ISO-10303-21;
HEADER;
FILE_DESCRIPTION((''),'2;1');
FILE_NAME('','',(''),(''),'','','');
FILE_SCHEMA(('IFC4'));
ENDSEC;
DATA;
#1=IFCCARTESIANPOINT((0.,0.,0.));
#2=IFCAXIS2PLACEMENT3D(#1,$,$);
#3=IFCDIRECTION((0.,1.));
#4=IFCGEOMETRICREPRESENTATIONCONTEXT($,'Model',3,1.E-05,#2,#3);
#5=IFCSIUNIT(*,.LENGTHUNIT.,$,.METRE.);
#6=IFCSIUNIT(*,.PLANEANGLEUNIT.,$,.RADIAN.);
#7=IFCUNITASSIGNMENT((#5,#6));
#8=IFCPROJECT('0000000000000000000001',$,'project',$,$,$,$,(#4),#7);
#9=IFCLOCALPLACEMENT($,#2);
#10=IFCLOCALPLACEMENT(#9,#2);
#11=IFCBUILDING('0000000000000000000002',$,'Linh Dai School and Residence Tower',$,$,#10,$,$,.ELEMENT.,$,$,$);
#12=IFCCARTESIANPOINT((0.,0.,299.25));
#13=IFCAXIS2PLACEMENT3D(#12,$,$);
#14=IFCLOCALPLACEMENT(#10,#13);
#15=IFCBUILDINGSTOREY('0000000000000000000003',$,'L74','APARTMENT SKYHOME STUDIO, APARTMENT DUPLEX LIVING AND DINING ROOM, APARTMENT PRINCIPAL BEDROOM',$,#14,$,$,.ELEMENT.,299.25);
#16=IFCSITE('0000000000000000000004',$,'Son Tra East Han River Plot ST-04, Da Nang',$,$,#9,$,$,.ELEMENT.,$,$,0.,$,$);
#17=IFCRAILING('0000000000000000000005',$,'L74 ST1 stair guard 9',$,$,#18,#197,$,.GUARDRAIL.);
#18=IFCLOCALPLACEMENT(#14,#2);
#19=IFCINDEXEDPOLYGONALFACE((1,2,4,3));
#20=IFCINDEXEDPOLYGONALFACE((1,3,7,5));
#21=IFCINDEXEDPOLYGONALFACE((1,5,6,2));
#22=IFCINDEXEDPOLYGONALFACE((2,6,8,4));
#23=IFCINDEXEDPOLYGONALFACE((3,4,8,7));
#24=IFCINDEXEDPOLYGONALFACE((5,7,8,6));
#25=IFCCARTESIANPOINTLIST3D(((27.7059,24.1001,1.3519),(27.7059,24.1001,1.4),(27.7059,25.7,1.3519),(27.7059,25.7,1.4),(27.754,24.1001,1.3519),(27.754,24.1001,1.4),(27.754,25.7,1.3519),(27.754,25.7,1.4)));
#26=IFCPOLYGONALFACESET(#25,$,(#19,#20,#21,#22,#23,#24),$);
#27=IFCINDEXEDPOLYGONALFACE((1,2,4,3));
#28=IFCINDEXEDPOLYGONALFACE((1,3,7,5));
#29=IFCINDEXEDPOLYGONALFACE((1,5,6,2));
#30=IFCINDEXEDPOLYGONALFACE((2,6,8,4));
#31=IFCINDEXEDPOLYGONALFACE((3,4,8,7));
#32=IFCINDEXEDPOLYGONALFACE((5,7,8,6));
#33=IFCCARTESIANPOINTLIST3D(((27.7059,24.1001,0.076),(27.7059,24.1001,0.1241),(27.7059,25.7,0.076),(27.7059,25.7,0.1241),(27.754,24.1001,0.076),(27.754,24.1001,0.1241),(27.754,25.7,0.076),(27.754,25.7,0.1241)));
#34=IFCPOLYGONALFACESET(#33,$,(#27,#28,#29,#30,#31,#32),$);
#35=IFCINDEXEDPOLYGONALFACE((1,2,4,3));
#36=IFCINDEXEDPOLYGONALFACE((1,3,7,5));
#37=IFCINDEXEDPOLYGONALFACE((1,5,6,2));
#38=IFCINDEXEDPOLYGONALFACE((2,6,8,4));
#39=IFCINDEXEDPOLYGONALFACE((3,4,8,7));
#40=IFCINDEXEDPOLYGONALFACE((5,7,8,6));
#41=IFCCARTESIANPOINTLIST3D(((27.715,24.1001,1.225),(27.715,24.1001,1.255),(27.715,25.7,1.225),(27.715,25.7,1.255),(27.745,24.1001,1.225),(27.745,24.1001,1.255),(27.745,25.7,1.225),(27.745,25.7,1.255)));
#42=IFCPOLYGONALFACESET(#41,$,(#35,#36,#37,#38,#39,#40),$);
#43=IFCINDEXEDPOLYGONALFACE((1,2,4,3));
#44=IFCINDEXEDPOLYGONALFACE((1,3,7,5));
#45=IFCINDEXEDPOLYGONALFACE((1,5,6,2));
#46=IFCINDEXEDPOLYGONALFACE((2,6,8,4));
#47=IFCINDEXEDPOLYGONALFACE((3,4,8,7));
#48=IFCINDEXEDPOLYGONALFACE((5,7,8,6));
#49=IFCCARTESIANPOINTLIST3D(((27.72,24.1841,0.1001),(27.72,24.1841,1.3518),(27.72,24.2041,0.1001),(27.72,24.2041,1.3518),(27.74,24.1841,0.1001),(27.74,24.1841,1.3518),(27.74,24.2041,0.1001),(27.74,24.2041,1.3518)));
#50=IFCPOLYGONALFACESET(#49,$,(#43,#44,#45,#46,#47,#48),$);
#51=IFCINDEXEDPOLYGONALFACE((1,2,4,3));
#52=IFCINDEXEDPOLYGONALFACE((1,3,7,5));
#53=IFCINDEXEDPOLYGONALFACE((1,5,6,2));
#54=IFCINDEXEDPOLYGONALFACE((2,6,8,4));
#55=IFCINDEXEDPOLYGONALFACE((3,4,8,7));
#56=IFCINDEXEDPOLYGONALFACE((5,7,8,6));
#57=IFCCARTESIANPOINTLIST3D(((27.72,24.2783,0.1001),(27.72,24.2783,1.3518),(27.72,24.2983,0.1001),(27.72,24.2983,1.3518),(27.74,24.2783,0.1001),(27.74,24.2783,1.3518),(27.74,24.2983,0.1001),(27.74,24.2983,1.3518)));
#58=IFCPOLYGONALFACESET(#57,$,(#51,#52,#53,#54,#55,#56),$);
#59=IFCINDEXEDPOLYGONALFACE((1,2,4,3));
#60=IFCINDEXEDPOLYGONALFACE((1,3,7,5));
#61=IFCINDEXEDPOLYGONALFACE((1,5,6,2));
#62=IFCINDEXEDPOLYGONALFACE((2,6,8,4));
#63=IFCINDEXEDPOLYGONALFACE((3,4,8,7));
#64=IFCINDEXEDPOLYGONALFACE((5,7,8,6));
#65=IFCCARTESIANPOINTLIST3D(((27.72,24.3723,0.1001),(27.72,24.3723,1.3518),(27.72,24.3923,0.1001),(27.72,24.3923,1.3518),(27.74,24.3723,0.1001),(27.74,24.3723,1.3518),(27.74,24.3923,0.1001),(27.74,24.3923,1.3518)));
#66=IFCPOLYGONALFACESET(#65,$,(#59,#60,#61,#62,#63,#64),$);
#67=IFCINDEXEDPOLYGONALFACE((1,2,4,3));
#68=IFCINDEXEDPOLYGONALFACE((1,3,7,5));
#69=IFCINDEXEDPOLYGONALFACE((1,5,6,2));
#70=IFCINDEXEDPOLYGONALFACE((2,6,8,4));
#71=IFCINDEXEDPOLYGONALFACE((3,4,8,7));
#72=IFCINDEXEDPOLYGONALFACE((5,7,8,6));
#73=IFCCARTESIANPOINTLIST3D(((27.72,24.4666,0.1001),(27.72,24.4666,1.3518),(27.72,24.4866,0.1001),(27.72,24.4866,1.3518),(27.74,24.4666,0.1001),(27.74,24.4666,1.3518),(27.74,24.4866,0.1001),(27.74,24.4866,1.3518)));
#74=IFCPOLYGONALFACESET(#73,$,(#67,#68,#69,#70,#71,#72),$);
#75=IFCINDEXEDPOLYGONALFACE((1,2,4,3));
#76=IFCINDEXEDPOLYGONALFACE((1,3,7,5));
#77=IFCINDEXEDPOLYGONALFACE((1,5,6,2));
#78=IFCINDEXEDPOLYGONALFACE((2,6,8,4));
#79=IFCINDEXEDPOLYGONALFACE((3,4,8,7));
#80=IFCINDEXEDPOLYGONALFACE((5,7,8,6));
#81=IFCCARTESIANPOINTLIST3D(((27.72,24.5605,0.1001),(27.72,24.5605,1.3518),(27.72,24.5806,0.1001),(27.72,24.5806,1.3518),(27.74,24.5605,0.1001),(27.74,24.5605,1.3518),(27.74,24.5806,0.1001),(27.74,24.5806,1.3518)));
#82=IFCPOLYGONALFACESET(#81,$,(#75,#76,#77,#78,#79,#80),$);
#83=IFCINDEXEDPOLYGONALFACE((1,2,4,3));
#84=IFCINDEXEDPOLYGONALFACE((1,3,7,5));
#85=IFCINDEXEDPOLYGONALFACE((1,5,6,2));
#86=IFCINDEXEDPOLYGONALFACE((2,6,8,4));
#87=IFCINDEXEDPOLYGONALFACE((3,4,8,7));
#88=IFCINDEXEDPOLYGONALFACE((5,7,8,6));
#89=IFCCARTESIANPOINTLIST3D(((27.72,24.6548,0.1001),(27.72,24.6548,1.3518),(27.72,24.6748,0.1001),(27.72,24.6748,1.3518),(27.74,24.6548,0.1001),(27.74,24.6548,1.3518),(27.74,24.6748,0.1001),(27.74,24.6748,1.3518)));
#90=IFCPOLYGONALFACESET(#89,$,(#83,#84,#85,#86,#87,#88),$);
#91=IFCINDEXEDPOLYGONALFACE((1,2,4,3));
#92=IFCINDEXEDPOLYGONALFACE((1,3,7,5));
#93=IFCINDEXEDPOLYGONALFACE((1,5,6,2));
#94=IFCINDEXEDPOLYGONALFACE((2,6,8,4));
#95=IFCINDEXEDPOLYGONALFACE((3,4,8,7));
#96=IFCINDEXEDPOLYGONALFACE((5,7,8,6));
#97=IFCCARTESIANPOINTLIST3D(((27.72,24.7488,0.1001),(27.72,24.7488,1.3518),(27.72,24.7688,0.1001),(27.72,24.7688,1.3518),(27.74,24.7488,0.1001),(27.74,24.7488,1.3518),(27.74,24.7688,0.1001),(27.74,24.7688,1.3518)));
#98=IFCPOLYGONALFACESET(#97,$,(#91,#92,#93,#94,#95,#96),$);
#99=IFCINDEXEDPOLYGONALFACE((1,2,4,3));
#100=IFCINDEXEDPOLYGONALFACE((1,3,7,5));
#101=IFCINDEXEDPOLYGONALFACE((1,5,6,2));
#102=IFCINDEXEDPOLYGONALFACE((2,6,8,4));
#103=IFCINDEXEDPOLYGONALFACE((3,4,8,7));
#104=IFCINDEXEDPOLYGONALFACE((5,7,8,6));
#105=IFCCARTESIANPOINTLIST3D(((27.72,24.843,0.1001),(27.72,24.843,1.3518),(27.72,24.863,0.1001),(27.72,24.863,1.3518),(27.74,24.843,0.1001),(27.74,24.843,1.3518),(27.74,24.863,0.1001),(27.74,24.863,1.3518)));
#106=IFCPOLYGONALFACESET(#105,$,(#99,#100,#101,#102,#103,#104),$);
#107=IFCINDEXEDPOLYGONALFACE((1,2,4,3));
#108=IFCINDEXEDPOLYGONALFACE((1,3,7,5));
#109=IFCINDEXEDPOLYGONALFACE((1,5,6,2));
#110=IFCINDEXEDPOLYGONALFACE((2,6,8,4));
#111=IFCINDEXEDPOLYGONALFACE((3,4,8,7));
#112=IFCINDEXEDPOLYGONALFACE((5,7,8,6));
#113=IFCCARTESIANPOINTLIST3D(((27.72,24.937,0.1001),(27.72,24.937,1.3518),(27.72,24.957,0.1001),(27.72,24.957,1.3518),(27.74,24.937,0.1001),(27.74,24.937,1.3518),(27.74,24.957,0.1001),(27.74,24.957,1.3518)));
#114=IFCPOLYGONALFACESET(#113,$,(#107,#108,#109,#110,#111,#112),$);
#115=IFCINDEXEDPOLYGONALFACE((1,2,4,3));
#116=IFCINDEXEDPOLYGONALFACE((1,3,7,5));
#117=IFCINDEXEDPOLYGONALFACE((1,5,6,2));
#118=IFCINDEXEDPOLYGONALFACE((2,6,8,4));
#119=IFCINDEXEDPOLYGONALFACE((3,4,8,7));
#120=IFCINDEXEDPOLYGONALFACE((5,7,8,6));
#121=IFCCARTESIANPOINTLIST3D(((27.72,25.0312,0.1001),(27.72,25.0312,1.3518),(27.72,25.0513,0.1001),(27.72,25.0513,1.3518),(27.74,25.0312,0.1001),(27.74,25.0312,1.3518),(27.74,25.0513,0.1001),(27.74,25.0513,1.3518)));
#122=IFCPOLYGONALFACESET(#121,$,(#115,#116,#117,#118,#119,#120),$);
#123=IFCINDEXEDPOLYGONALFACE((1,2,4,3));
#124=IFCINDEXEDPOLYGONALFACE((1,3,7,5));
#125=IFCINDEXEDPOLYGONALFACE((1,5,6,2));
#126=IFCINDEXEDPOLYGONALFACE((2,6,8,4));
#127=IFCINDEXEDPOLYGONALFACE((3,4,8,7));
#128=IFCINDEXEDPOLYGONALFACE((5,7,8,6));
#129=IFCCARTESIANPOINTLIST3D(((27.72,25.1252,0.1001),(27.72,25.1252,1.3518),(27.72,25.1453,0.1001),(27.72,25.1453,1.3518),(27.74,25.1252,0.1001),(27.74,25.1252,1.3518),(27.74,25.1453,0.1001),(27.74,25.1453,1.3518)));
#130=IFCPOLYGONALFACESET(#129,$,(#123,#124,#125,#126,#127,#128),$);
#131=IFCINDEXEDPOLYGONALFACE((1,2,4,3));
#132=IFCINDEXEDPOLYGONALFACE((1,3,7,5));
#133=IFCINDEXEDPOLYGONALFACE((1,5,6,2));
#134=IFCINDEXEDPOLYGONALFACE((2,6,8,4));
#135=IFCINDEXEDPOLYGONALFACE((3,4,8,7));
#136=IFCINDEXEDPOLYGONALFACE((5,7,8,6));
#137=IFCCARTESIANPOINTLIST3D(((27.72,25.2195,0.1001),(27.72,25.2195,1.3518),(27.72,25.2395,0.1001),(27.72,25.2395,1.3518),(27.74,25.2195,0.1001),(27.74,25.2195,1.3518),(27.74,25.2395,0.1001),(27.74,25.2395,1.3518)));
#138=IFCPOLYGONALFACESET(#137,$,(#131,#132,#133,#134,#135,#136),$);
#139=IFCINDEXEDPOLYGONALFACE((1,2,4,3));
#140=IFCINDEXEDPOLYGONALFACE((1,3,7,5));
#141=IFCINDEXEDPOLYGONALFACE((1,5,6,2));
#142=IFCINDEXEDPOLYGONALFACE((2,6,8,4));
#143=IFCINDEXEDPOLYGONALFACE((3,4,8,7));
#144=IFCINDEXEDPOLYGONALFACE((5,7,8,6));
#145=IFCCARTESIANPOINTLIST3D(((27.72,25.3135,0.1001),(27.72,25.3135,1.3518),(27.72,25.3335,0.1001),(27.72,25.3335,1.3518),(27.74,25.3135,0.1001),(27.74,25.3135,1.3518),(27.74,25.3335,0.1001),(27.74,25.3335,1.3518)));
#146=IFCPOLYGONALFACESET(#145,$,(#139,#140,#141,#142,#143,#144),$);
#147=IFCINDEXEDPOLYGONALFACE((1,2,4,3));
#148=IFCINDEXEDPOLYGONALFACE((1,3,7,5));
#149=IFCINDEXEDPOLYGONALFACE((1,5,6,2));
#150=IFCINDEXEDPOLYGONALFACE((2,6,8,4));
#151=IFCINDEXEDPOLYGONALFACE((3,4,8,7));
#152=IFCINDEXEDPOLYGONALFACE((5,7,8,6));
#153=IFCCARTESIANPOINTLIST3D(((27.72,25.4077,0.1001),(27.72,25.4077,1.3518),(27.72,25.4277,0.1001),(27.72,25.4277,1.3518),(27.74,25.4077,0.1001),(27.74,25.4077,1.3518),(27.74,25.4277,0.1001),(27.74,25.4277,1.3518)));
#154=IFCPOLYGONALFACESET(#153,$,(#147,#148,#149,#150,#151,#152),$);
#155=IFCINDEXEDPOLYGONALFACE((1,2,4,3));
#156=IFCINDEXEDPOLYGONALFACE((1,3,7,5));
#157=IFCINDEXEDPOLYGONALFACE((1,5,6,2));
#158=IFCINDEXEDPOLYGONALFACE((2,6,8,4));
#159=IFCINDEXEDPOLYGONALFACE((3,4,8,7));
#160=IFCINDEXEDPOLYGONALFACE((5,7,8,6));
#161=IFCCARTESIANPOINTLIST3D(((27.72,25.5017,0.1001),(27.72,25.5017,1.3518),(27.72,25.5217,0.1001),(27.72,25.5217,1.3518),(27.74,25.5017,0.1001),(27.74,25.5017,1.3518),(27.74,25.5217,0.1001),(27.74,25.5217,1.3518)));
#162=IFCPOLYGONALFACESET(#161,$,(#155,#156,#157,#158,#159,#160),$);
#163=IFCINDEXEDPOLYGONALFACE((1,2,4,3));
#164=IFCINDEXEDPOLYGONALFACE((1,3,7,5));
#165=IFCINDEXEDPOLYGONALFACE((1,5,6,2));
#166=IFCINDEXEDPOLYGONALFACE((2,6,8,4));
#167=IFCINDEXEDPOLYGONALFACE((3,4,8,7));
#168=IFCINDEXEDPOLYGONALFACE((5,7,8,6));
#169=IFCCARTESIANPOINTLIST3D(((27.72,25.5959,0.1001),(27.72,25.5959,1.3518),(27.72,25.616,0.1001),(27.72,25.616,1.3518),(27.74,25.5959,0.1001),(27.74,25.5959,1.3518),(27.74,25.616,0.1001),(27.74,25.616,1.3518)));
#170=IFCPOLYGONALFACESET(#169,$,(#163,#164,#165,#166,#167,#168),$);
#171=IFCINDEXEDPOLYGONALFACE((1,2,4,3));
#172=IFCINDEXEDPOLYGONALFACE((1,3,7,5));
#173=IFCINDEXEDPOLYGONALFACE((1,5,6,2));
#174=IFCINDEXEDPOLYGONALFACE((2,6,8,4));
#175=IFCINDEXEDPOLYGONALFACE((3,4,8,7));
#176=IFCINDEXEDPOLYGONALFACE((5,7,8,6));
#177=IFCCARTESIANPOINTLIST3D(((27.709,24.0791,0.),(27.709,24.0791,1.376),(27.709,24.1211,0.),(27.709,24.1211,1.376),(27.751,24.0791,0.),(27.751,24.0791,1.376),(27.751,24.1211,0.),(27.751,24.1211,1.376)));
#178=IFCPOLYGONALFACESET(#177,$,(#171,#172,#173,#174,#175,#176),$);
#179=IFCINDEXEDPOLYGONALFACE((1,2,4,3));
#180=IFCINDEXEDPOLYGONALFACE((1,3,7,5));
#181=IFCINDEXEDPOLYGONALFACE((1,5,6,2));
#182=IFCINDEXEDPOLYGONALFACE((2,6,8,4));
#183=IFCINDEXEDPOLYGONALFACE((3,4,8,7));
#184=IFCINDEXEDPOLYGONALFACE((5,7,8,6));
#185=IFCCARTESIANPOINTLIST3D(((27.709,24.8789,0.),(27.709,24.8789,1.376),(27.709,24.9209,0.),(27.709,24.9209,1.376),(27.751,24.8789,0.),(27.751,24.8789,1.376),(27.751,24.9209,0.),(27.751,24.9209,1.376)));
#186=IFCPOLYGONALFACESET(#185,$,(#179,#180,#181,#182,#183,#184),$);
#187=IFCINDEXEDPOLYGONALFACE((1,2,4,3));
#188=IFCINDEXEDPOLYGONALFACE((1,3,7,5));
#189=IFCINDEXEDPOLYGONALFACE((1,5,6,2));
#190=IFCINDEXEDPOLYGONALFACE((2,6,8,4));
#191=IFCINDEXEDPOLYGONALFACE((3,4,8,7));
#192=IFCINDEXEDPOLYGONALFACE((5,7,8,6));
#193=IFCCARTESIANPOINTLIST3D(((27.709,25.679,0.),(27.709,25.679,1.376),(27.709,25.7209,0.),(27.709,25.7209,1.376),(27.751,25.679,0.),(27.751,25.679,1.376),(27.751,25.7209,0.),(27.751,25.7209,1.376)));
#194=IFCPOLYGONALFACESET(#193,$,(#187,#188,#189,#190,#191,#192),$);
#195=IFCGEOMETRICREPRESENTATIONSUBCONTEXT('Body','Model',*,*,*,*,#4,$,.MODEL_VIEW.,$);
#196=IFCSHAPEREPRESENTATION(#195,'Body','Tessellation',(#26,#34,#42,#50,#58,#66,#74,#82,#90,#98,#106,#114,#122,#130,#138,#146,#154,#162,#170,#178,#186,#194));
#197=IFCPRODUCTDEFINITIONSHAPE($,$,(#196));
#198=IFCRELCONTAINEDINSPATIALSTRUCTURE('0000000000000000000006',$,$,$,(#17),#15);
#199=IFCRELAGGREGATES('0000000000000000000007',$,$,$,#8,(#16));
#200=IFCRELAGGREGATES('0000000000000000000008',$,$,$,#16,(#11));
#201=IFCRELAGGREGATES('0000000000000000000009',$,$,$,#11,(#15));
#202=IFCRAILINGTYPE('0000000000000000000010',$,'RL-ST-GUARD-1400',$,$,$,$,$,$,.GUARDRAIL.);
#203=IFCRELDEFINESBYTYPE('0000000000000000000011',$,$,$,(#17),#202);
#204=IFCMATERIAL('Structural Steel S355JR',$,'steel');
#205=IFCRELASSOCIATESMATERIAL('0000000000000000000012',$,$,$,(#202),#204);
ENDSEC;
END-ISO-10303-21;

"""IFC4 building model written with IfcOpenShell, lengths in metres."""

from ifc_helpers import new_model, si_unit, direction, frame, origin, origin_2d, place, context, subcontext, project, spatial, rectangle, extrude, source, transform, mapped, material, type_object, element, save


model = new_model("IFC4")

# Units and contexts
model_context = context("Model", 3, precision=1e-05, world=origin(), true_north=direction((0.0, 1.0)))
body_context = subcontext(model_context, "Body", "Model", "MODEL_VIEW")
ifc_project = project(units=[si_unit("LENGTHUNIT", "METRE"), si_unit("PLANEANGLEUNIT", "RADIAN")], contexts=[model_context])

# Site, building, storey
site_placement = place(None, origin())
site = spatial("IfcSite", under=ifc_project, at=site_placement, Name="Son Tra East Han River Plot ST-04, Da Nang", CompositionType="ELEMENT", RefElevation=0.0)
building_placement = place(site_placement, origin())
building = spatial("IfcBuilding", under=site, at=building_placement, Name="Linh Dai School and Residence Tower", CompositionType="ELEMENT")
storey_placement = place(building_placement, frame((0.0, 0.0, 299.25)))
storey = spatial("IfcBuildingStorey", under=building, at=storey_placement, Name="L74", Description="APARTMENT SKYHOME STUDIO, APARTMENT DUPLEX LIVING AND DINING ROOM, APARTMENT PRINCIPAL BEDROOM", CompositionType="ELEMENT", Elevation=299.25)

# Shared definitions
ifc_material_1 = material(Name="Structural Steel S355JR", Category="steel")

# Railing
railing_type_1 = type_object("IfcRailingType", Name="RL-ST-GUARD-1400", PredefinedType="GUARDRAIL", material=ifc_material_1)
shared_shape_1 = source(origin(), body_context, "Body", "SweptSolid", [
    extrude(rectangle(XDim=0.0481, YDim=0.0481, at=origin_2d()), frame((0.0, 0.0, 1.376), z_axis=(0.0, 1.0, 0.0), x_axis=(-1.0, 0.0, 0.0)), (0.0, 0.0, 1.0), 1.5999),
    extrude(rectangle(XDim=0.0481, YDim=0.0481, at=origin_2d()), frame((0.0, 0.0, 0.1001), z_axis=(0.0, 1.0, 0.0), x_axis=(-1.0, 0.0, 0.0)), (0.0, 0.0, 1.0), 1.5999),
    extrude(rectangle(XDim=0.03, YDim=0.03, at=origin_2d()), frame((0.0, 0.0, 1.24), z_axis=(0.0, 1.0, 0.0), x_axis=(-1.0, 0.0, 0.0)), (0.0, 0.0, 1.0), 1.5999),
    extrude(rectangle(XDim=0.02, YDim=0.02, at=origin_2d()), frame((0.0, 0.094, 0.1001)), (0.0, 0.0, 1.0), 1.2517),
    extrude(rectangle(XDim=0.02, YDim=0.02, at=origin_2d()), frame((0.0, 0.1882, 0.1001)), (0.0, 0.0, 1.0), 1.2517),
    extrude(rectangle(XDim=0.02, YDim=0.02, at=origin_2d()), frame((0.0, 0.2822, 0.1001)), (0.0, 0.0, 1.0), 1.2517),
    extrude(rectangle(XDim=0.02, YDim=0.02, at=origin_2d()), frame((0.0, 0.3765, 0.1001)), (0.0, 0.0, 1.0), 1.2517),
    extrude(rectangle(XDim=0.02, YDim=0.02, at=origin_2d()), frame((0.0, 0.4705, 0.1001)), (0.0, 0.0, 1.0), 1.2517),
    extrude(rectangle(XDim=0.02, YDim=0.02, at=origin_2d()), frame((0.0, 0.5647, 0.1001)), (0.0, 0.0, 1.0), 1.2517),
    extrude(rectangle(XDim=0.02, YDim=0.02, at=origin_2d()), frame((0.0, 0.6587, 0.1001)), (0.0, 0.0, 1.0), 1.2517),
    extrude(rectangle(XDim=0.02, YDim=0.02, at=origin_2d()), frame((0.0, 0.7529, 0.1001)), (0.0, 0.0, 1.0), 1.2517),
    extrude(rectangle(XDim=0.02, YDim=0.02, at=origin_2d()), frame((0.0, 0.8469, 0.1001)), (0.0, 0.0, 1.0), 1.2517),
    extrude(rectangle(XDim=0.02, YDim=0.02, at=origin_2d()), frame((0.0, 0.9412, 0.1001)), (0.0, 0.0, 1.0), 1.2517),
    extrude(rectangle(XDim=0.02, YDim=0.02, at=origin_2d()), frame((0.0, 1.0352, 0.1001)), (0.0, 0.0, 1.0), 1.2517),
    extrude(rectangle(XDim=0.02, YDim=0.02, at=origin_2d()), frame((0.0, 1.1294, 0.1001)), (0.0, 0.0, 1.0), 1.2517),
    extrude(rectangle(XDim=0.02, YDim=0.02, at=origin_2d()), frame((0.0, 1.2234, 0.1001)), (0.0, 0.0, 1.0), 1.2517),
    extrude(rectangle(XDim=0.02, YDim=0.02, at=origin_2d()), frame((0.0, 1.3176, 0.1001)), (0.0, 0.0, 1.0), 1.2517),
    extrude(rectangle(XDim=0.02, YDim=0.02, at=origin_2d()), frame((0.0, 1.4116, 0.1001)), (0.0, 0.0, 1.0), 1.2517),
    extrude(rectangle(XDim=0.02, YDim=0.02, at=origin_2d()), frame((0.0, 1.5059, 0.1001)), (0.0, 0.0, 1.0), 1.2517),
    extrude(rectangle(XDim=0.042, YDim=0.042, at=origin_2d()), origin(), (0.0, 0.0, 1.0), 1.376),
    extrude(rectangle(XDim=0.042, YDim=0.042, at=origin_2d()), frame((0.0, 0.7998, 0.0)), (0.0, 0.0, 1.0), 1.376),
    extrude(rectangle(XDim=0.042, YDim=0.042, at=origin_2d()), frame((0.0, 1.5999, 0.0)), (0.0, 0.0, 1.0), 1.376),
])
for number, where, name in (
    (1, (27.73, 24.1001, 0.0), "L74 ST1 stair guard 9"),
):
    element("IfcRailing", number, at=place(storey_placement, frame(where)), inside=storey, type_object=railing_type_1, Name=name, PredefinedType="GUARDRAIL", context=body_context, shape_type="MappedRepresentation", body=[
        mapped(shared_shape_1, transform((0.0, 0.0, 0.0), x_axis=(1.0, 0.0, 0.0), y_axis=(0.0, 1.0, 0.0), z_axis=(0.0, 0.0, 1.0), scale=1.0)),
    ])

save(model, "model.ifc")
